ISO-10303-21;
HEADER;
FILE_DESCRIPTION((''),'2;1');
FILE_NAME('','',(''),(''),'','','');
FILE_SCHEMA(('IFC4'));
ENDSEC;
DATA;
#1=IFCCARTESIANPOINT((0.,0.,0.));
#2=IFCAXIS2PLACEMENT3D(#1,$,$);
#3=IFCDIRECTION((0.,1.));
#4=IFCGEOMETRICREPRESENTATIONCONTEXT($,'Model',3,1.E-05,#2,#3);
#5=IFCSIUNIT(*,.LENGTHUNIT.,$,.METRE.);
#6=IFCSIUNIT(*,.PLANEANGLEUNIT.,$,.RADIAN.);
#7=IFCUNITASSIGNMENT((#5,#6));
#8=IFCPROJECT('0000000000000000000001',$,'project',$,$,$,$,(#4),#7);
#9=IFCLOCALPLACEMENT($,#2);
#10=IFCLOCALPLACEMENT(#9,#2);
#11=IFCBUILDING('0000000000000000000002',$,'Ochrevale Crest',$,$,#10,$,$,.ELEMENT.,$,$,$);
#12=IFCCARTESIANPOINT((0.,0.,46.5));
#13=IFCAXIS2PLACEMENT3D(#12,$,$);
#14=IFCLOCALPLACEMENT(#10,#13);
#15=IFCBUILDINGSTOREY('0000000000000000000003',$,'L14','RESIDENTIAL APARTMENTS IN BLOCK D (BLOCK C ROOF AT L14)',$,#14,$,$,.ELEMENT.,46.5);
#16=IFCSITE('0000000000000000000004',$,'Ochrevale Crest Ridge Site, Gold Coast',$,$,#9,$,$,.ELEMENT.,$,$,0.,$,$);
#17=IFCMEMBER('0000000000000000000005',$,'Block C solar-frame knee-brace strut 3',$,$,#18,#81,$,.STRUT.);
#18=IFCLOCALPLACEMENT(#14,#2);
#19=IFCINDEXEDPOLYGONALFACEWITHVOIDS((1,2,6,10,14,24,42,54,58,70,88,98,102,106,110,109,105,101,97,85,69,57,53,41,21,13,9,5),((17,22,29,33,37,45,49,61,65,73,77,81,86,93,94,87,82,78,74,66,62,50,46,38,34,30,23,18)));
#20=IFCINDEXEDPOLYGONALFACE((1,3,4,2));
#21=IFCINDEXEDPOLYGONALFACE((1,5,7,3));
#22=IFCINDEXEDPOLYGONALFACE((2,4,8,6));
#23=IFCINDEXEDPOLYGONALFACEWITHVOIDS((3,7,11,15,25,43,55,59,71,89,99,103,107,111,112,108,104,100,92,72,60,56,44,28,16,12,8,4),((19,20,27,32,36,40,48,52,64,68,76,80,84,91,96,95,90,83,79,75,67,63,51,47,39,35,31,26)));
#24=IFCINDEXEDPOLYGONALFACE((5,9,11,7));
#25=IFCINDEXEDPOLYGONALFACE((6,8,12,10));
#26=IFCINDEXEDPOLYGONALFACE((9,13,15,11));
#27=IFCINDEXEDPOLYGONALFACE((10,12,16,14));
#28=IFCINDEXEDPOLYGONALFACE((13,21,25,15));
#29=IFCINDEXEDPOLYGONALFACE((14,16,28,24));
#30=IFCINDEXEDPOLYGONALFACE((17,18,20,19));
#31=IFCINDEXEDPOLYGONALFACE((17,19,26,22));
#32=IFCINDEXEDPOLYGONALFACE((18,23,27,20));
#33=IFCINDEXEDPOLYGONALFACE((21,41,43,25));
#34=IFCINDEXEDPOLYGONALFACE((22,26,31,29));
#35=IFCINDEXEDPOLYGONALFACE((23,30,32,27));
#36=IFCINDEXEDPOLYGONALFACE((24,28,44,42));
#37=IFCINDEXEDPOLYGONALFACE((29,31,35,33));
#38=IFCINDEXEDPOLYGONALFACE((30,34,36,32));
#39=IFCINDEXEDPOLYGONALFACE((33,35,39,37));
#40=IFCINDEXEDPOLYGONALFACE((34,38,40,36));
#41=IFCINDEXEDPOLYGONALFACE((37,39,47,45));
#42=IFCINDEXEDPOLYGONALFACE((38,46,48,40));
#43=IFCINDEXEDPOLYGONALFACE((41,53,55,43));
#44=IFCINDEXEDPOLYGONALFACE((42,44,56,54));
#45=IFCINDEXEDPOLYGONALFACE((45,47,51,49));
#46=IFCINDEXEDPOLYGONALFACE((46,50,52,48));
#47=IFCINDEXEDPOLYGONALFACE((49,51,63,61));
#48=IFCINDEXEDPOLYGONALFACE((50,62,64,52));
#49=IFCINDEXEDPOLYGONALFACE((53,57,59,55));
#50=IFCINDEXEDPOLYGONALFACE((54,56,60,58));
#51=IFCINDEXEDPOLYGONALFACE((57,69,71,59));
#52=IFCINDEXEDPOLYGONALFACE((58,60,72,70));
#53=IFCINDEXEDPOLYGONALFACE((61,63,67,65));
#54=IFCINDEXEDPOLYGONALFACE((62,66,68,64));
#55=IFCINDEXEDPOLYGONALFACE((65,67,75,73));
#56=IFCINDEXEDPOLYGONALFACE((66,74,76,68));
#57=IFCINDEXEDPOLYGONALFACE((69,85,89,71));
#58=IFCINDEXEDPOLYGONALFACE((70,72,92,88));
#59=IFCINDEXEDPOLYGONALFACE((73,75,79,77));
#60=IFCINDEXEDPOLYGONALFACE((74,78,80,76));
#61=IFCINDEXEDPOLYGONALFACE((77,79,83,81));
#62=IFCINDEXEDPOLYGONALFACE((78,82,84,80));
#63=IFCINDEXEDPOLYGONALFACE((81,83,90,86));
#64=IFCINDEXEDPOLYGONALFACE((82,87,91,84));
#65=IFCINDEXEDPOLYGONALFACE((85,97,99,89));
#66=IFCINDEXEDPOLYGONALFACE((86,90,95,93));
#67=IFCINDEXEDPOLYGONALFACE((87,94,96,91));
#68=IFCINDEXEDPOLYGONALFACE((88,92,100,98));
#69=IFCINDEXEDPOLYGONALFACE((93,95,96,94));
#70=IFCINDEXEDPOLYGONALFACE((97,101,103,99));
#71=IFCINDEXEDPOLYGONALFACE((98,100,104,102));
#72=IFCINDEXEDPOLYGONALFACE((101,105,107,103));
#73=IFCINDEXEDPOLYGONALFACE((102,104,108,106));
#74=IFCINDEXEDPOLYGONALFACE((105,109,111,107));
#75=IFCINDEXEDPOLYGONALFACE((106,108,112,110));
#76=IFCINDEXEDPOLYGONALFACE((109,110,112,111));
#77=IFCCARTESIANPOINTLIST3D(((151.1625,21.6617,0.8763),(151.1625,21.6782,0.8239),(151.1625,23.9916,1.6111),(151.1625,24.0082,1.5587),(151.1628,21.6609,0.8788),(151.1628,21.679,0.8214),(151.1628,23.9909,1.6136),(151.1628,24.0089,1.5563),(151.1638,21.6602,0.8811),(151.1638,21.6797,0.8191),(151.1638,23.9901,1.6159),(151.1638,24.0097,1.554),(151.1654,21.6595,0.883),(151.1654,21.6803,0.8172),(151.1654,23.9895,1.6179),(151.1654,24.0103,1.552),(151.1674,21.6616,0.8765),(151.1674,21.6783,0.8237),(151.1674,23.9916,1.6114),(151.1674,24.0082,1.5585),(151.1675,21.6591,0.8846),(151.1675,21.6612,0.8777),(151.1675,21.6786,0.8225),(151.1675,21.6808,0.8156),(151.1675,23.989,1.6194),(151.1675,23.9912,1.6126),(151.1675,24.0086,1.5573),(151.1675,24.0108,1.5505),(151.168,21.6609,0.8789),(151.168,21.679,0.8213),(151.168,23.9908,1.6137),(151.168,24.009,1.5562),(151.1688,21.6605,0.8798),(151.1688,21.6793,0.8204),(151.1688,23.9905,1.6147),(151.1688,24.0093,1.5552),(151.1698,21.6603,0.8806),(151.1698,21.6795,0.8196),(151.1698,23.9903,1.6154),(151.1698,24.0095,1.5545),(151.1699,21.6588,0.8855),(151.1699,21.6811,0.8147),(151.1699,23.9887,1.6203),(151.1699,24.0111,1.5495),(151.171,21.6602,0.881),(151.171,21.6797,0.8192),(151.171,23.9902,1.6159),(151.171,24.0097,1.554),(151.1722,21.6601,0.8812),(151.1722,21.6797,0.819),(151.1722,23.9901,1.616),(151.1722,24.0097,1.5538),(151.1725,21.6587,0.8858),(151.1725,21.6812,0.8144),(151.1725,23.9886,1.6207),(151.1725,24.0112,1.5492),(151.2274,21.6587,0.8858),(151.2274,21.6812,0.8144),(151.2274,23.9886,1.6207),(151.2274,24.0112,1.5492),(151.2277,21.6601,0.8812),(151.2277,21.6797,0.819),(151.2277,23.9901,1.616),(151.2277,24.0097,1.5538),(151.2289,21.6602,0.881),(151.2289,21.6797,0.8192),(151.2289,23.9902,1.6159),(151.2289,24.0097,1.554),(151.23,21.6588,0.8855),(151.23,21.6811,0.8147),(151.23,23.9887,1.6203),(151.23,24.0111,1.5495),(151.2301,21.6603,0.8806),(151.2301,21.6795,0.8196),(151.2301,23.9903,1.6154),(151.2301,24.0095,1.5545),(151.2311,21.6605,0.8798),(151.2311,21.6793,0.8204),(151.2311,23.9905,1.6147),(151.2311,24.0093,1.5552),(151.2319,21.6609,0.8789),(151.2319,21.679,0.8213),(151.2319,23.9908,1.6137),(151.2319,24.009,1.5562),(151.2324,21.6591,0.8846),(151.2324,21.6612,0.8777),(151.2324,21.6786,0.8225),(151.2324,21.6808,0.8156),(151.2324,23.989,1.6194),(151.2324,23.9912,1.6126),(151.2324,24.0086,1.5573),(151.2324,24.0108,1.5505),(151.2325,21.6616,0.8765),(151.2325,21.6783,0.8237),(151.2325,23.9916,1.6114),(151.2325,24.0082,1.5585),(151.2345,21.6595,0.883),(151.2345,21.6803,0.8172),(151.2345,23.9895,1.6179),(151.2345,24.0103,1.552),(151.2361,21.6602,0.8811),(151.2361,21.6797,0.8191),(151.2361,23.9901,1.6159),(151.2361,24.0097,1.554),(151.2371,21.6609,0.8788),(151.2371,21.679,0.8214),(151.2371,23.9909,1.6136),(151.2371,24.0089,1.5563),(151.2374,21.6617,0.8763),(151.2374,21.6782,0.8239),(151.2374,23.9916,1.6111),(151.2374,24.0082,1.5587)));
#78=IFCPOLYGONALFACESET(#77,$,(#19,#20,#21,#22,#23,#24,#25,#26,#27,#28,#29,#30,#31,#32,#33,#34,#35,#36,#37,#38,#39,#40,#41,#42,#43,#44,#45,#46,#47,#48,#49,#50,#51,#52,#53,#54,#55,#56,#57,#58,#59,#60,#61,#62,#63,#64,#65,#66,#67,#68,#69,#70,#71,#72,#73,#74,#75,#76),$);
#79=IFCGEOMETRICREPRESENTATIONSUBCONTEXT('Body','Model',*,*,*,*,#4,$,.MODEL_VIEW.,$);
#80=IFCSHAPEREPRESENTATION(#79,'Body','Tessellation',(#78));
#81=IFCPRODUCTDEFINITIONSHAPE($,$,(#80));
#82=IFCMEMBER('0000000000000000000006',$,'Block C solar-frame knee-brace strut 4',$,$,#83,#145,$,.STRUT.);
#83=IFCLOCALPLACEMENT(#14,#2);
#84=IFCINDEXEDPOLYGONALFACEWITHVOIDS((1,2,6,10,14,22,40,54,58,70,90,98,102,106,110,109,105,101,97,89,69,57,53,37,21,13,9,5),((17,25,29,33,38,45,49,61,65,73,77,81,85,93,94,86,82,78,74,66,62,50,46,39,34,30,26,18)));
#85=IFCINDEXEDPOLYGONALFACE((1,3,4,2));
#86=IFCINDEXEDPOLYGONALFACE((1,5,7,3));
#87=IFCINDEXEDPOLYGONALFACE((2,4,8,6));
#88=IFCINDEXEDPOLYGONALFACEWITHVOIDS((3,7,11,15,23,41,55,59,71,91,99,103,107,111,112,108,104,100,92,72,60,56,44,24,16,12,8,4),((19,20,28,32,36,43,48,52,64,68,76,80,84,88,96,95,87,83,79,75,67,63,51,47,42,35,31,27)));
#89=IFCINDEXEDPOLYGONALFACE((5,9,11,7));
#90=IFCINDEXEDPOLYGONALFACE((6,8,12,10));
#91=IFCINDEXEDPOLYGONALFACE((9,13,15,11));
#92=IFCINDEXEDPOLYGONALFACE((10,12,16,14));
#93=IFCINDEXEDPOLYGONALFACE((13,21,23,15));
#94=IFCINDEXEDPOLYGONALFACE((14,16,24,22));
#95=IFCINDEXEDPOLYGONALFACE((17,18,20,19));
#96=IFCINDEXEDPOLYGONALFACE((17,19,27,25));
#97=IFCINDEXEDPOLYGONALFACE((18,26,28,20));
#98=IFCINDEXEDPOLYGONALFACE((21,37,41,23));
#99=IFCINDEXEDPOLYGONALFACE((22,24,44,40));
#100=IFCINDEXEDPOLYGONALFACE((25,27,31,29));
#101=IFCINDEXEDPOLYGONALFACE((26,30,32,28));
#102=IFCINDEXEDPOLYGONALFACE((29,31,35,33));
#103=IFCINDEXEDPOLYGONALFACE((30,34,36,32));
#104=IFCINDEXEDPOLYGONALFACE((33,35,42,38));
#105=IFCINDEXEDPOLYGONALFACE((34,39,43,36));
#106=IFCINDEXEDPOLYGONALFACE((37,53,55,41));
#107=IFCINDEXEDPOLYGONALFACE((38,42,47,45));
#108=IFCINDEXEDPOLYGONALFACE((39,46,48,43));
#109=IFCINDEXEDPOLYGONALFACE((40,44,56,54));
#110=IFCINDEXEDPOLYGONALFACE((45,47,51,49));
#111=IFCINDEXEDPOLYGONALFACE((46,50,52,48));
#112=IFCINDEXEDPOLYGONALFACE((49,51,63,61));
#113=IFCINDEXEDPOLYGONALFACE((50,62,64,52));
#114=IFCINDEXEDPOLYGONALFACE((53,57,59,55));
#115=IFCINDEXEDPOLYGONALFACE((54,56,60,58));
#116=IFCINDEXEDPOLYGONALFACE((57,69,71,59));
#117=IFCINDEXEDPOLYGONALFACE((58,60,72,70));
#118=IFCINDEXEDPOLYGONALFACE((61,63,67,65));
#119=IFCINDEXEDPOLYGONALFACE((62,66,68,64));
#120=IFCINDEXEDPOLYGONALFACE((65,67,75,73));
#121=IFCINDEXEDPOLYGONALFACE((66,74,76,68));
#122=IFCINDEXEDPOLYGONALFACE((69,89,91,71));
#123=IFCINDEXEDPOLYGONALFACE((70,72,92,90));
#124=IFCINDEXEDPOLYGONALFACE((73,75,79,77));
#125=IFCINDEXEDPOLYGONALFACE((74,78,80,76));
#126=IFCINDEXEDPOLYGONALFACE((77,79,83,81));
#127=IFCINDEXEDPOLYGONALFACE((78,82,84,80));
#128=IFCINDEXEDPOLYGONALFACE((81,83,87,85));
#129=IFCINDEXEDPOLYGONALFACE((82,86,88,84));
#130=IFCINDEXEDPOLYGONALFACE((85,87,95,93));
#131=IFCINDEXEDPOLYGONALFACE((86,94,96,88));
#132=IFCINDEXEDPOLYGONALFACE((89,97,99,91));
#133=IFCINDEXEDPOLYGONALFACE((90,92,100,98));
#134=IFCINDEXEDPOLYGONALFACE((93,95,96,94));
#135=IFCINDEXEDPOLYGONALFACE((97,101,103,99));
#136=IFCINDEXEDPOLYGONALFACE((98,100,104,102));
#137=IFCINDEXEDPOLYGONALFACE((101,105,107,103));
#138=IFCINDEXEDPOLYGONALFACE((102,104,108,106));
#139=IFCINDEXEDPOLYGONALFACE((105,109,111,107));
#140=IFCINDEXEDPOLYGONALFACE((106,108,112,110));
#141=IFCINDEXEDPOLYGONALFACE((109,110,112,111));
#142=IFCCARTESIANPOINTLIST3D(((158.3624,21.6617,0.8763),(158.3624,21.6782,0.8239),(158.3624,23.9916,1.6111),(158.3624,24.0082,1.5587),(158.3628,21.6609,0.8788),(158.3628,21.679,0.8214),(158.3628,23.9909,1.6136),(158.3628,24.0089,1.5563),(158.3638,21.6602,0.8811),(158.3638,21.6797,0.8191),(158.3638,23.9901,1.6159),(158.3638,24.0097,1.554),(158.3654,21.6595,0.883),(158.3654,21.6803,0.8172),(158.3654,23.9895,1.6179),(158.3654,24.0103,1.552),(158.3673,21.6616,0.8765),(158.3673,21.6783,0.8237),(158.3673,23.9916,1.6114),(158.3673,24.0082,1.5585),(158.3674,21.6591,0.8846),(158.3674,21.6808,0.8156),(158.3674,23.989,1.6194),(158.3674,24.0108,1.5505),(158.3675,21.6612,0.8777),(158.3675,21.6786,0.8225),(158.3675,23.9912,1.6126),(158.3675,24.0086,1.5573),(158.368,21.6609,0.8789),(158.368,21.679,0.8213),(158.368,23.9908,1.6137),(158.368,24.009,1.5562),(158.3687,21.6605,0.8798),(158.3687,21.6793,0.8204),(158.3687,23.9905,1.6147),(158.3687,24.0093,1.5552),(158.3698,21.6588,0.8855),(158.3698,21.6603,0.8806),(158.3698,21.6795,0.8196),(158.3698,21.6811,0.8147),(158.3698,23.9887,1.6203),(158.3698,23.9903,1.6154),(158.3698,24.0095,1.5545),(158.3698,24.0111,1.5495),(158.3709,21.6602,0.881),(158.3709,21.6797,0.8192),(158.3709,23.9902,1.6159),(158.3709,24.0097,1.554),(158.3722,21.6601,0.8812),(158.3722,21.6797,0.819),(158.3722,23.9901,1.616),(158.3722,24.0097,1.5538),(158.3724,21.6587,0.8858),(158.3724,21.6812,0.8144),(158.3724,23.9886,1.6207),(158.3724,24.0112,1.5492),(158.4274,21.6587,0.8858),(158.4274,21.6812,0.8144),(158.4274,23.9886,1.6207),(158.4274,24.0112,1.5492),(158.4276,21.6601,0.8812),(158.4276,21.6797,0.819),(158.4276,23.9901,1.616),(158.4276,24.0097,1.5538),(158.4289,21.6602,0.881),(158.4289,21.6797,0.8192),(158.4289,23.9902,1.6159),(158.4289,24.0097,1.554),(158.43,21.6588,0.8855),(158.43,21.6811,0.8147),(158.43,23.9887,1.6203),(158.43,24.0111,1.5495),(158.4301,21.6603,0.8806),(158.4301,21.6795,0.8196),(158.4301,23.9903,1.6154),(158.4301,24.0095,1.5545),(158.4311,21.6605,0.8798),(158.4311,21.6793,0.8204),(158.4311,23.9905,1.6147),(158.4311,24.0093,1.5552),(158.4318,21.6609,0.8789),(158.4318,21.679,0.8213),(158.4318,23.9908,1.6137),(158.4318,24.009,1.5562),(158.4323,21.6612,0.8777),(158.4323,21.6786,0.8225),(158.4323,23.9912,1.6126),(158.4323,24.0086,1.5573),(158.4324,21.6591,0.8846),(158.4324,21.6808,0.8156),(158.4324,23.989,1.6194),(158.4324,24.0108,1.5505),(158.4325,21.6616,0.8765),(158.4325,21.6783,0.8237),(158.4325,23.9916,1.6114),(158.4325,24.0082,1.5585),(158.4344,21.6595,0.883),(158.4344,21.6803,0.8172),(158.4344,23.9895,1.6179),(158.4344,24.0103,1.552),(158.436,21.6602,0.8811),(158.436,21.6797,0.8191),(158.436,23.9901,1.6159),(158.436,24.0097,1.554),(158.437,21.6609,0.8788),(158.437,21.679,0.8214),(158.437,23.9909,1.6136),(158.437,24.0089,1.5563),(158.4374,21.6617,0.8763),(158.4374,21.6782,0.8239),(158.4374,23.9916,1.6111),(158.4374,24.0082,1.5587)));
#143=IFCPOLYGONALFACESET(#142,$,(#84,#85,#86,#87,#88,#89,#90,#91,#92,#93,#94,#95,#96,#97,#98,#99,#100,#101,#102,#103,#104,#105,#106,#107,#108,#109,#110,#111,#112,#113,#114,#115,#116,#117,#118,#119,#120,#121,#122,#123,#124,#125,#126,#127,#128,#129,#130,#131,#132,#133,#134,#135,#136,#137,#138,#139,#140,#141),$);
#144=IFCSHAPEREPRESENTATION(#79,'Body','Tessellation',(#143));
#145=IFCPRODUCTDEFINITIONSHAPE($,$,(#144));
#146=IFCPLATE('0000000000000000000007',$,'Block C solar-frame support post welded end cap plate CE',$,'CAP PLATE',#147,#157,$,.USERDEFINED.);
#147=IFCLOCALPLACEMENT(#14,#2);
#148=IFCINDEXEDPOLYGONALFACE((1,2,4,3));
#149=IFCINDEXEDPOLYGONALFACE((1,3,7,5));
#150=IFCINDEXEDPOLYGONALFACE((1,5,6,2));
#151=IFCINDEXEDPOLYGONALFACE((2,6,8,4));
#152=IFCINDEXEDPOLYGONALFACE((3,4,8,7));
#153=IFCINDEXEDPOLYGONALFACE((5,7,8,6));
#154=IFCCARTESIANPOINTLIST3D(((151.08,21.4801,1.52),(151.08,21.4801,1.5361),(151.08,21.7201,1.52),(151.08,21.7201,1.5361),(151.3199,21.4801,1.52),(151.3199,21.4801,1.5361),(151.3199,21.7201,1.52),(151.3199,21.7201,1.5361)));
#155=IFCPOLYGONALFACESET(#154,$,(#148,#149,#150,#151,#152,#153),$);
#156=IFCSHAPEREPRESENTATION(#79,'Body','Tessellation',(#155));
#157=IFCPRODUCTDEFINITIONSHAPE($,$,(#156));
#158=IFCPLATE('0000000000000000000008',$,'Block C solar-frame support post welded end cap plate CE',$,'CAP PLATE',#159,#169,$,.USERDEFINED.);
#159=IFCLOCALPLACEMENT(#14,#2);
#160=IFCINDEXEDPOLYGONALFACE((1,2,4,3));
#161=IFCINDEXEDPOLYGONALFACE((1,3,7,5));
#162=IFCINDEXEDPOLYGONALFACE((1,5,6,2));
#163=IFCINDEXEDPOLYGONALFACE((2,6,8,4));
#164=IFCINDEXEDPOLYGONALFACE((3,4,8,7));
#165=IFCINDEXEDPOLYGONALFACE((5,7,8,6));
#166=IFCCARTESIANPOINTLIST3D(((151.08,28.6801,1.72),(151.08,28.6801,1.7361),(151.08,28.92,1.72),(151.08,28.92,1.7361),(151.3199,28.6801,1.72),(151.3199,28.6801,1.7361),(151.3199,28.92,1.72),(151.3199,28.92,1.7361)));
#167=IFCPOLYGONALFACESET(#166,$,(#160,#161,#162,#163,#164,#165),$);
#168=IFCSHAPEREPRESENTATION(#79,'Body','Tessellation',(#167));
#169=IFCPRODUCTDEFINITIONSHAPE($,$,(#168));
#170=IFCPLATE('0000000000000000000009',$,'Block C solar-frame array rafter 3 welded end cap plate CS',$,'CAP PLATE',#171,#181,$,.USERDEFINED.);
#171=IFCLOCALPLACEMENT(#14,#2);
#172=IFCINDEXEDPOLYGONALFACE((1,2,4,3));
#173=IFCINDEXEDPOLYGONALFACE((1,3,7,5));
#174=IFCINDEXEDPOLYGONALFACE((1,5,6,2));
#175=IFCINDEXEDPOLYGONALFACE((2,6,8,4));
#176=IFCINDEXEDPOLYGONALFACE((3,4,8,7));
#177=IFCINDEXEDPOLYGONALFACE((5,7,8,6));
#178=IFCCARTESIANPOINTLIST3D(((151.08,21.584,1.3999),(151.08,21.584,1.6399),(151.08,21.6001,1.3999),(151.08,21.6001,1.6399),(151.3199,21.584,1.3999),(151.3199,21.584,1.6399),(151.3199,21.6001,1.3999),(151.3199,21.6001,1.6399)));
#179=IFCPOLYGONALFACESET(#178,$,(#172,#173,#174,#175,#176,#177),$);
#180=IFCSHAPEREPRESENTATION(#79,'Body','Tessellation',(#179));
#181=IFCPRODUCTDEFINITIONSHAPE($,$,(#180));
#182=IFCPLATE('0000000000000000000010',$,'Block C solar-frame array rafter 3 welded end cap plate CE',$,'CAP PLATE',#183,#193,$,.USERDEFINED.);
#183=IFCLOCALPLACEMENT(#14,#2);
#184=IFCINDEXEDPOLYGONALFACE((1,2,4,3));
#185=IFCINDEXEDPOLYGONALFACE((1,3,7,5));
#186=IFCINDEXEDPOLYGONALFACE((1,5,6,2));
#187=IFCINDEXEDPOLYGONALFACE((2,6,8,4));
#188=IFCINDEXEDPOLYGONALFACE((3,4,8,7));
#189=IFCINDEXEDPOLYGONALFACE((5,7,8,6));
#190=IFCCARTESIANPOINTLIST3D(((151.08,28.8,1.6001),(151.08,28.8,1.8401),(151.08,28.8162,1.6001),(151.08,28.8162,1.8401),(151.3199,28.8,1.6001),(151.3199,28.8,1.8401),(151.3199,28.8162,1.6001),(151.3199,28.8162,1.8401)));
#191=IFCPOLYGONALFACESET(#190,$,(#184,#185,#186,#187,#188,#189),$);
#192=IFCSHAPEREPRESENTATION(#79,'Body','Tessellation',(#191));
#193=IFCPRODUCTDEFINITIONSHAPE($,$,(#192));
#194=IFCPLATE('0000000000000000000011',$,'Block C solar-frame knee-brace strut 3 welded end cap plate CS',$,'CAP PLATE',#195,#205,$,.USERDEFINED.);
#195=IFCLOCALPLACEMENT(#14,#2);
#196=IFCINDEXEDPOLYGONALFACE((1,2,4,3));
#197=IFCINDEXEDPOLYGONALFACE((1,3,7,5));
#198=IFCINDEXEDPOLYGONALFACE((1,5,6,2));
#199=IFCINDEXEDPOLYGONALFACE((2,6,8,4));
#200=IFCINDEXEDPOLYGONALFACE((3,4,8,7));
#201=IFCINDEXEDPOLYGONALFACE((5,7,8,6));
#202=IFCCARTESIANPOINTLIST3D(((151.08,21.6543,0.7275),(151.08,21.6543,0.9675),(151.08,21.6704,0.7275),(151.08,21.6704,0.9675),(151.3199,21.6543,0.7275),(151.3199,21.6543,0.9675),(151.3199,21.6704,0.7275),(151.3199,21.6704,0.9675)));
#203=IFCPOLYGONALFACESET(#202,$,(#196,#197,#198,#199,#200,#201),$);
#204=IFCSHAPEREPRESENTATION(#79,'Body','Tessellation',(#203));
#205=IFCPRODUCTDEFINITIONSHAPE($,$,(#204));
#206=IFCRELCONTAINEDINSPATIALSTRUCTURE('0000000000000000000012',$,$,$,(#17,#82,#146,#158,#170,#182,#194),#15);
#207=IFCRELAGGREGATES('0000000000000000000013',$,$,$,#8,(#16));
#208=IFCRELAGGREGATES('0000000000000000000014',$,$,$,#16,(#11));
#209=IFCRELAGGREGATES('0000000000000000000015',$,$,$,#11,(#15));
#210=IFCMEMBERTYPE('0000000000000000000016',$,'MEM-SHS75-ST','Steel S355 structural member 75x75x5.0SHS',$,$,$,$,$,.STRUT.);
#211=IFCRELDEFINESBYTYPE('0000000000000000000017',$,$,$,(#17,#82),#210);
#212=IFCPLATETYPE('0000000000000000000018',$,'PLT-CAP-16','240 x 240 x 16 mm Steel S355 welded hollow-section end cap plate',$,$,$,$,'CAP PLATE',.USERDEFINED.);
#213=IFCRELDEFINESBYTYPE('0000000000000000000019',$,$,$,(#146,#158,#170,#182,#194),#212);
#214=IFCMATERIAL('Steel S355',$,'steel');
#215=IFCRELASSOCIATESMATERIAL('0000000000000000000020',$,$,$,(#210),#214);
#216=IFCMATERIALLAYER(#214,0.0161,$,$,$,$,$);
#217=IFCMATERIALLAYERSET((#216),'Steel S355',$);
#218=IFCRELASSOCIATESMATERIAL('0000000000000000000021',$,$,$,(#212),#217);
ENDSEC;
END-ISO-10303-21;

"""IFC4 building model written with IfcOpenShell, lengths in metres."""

from ifc_helpers import new_model, si_unit, direction, frame, origin, origin_2d, place, context, subcontext, project, spatial, rectangle, hollow_rectangle, extrude, material, layer, layer_set, material_profile, profile_set, type_object, element, save


model = new_model("IFC4")

# Units and contexts
model_context = context("Model", 3, precision=1e-05, world=origin(), true_north=direction((0.0, 1.0)))
body_context = subcontext(model_context, "Body", "Model", "MODEL_VIEW")
ifc_project = project(units=[si_unit("LENGTHUNIT", "METRE"), si_unit("PLANEANGLEUNIT", "RADIAN")], contexts=[model_context])

# Site, building, storey
site_placement = place(None, origin())
site = spatial("IfcSite", under=ifc_project, at=site_placement, Name="Ochrevale Crest Ridge Site, Gold Coast", CompositionType="ELEMENT", RefElevation=0.0)
building_placement = place(site_placement, origin())
building = spatial("IfcBuilding", under=site, at=building_placement, Name="Ochrevale Crest", CompositionType="ELEMENT")
storey_placement = place(building_placement, frame((0.0, 0.0, 46.5)))
storey = spatial("IfcBuildingStorey", under=building, at=storey_placement, Name="L14", Description="RESIDENTIAL APARTMENTS IN BLOCK D (BLOCK C ROOF AT L14)", CompositionType="ELEMENT", Elevation=46.5)

# Shared definitions
ifc_material_1 = material(Name="Steel S355", Category="steel")

# Members
ifc_material_profile_1 = material_profile(ifc_material_1, hollow_rectangle(XDim=0.075, YDim=0.075, WallThickness=0.0049, InnerFilletRadius=0.0049, OuterFilletRadius=0.01, at=origin_2d()), Name="75x75x5.0SHS")
ifc_profile_set_1 = profile_set([ifc_material_profile_1], Name="Steel S355")
member_type_1 = type_object("IfcMemberType", Name="MEM-SHS75-ST", Description="Steel S355 structural member 75x75x5.0SHS", PredefinedType="STRUT", material=ifc_profile_set_1)
for number, where, z_axis, x_axis, name in (
    (1, (151.2, 21.6699, 0.8501), (0.0, 0.953694, 0.300777), (-1.0, 0.0, 0.0), "Block C solar-frame knee-brace strut 3"),
    (2, (158.3999, 21.6699, 0.8501), (0.0, 0.953694, 0.300777), (-1.0, 0.0, 0.0), "Block C solar-frame knee-brace strut 4"),
):
    element("IfcMember", number, at=place(storey_placement, frame(where, z_axis=z_axis, x_axis=x_axis)), inside=storey, type_object=member_type_1, Name=name, PredefinedType="STRUT", context=body_context, shape_type="SweptSolid", body=[
        extrude(hollow_rectangle(XDim=0.075, YDim=0.075, WallThickness=0.0049, InnerFilletRadius=0.0049, OuterFilletRadius=0.01, at=origin_2d()), origin(), (0.0, 0.0, 1.0), 2.4431),
    ])

# Plates
ifc_layer_1 = layer(ifc_material_1, 0.0161)
ifc_layer_set_1 = layer_set([ifc_layer_1], Name="Steel S355")
plate_type = type_object("IfcPlateType", Name="PLT-CAP-16", Description="240 x 240 x 16 mm Steel S355 welded hollow-section end cap plate", ElementType="CAP PLATE", PredefinedType="USERDEFINED", material=ifc_layer_set_1)
for number, where, z_axis, x_axis, name in (
    (3, (151.2, 21.6001, 1.52), (0.0, 0.0, 1.0), (1.0, 0.0, 0.0), "Block C solar-frame support post welded end cap plate CE"),
    (4, (151.2, 28.8, 1.72), (0.0, 0.0, 1.0), (1.0, 0.0, 0.0), "Block C solar-frame support post welded end cap plate CE"),
):
    element("IfcPlate", number, at=place(storey_placement, frame(where, z_axis=z_axis, x_axis=x_axis)), inside=storey, type_object=plate_type, Name=name, ObjectType="CAP PLATE", PredefinedType="USERDEFINED", context=body_context, shape_type="SweptSolid", body=[
        extrude(rectangle(XDim=0.24, YDim=0.24, at=origin_2d()), origin(), (0.0, 0.0, 1.0), 0.0161),
    ])
for number, where, z_axis, x_axis, name in (
    (5, (151.2, 21.592, 1.3999), (0.0, 0.0, 1.0), (0.0, 1.0, 0.0), "Block C solar-frame array rafter 3 welded end cap plate CS"),
    (6, (151.2, 28.8081, 1.6001), (0.0, 0.0, 1.0), (0.0, 1.0, 0.0), "Block C solar-frame array rafter 3 welded end cap plate CE"),
    (7, (151.2, 21.6624, 0.7275), (0.0, 0.0, 1.0), (0.0, 1.0, 0.0), "Block C solar-frame knee-brace strut 3 welded end cap plate CS"),
):
    element("IfcPlate", number, at=place(storey_placement, frame(where, z_axis=z_axis, x_axis=x_axis)), inside=storey, type_object=plate_type, Name=name, ObjectType="CAP PLATE", PredefinedType="USERDEFINED", context=body_context, shape_type="SweptSolid", body=[
        extrude(rectangle(XDim=0.0161, YDim=0.24, at=origin_2d()), origin(), (0.0, 0.0, 1.0), 0.24),
    ])

save(model, "model.ifc")
